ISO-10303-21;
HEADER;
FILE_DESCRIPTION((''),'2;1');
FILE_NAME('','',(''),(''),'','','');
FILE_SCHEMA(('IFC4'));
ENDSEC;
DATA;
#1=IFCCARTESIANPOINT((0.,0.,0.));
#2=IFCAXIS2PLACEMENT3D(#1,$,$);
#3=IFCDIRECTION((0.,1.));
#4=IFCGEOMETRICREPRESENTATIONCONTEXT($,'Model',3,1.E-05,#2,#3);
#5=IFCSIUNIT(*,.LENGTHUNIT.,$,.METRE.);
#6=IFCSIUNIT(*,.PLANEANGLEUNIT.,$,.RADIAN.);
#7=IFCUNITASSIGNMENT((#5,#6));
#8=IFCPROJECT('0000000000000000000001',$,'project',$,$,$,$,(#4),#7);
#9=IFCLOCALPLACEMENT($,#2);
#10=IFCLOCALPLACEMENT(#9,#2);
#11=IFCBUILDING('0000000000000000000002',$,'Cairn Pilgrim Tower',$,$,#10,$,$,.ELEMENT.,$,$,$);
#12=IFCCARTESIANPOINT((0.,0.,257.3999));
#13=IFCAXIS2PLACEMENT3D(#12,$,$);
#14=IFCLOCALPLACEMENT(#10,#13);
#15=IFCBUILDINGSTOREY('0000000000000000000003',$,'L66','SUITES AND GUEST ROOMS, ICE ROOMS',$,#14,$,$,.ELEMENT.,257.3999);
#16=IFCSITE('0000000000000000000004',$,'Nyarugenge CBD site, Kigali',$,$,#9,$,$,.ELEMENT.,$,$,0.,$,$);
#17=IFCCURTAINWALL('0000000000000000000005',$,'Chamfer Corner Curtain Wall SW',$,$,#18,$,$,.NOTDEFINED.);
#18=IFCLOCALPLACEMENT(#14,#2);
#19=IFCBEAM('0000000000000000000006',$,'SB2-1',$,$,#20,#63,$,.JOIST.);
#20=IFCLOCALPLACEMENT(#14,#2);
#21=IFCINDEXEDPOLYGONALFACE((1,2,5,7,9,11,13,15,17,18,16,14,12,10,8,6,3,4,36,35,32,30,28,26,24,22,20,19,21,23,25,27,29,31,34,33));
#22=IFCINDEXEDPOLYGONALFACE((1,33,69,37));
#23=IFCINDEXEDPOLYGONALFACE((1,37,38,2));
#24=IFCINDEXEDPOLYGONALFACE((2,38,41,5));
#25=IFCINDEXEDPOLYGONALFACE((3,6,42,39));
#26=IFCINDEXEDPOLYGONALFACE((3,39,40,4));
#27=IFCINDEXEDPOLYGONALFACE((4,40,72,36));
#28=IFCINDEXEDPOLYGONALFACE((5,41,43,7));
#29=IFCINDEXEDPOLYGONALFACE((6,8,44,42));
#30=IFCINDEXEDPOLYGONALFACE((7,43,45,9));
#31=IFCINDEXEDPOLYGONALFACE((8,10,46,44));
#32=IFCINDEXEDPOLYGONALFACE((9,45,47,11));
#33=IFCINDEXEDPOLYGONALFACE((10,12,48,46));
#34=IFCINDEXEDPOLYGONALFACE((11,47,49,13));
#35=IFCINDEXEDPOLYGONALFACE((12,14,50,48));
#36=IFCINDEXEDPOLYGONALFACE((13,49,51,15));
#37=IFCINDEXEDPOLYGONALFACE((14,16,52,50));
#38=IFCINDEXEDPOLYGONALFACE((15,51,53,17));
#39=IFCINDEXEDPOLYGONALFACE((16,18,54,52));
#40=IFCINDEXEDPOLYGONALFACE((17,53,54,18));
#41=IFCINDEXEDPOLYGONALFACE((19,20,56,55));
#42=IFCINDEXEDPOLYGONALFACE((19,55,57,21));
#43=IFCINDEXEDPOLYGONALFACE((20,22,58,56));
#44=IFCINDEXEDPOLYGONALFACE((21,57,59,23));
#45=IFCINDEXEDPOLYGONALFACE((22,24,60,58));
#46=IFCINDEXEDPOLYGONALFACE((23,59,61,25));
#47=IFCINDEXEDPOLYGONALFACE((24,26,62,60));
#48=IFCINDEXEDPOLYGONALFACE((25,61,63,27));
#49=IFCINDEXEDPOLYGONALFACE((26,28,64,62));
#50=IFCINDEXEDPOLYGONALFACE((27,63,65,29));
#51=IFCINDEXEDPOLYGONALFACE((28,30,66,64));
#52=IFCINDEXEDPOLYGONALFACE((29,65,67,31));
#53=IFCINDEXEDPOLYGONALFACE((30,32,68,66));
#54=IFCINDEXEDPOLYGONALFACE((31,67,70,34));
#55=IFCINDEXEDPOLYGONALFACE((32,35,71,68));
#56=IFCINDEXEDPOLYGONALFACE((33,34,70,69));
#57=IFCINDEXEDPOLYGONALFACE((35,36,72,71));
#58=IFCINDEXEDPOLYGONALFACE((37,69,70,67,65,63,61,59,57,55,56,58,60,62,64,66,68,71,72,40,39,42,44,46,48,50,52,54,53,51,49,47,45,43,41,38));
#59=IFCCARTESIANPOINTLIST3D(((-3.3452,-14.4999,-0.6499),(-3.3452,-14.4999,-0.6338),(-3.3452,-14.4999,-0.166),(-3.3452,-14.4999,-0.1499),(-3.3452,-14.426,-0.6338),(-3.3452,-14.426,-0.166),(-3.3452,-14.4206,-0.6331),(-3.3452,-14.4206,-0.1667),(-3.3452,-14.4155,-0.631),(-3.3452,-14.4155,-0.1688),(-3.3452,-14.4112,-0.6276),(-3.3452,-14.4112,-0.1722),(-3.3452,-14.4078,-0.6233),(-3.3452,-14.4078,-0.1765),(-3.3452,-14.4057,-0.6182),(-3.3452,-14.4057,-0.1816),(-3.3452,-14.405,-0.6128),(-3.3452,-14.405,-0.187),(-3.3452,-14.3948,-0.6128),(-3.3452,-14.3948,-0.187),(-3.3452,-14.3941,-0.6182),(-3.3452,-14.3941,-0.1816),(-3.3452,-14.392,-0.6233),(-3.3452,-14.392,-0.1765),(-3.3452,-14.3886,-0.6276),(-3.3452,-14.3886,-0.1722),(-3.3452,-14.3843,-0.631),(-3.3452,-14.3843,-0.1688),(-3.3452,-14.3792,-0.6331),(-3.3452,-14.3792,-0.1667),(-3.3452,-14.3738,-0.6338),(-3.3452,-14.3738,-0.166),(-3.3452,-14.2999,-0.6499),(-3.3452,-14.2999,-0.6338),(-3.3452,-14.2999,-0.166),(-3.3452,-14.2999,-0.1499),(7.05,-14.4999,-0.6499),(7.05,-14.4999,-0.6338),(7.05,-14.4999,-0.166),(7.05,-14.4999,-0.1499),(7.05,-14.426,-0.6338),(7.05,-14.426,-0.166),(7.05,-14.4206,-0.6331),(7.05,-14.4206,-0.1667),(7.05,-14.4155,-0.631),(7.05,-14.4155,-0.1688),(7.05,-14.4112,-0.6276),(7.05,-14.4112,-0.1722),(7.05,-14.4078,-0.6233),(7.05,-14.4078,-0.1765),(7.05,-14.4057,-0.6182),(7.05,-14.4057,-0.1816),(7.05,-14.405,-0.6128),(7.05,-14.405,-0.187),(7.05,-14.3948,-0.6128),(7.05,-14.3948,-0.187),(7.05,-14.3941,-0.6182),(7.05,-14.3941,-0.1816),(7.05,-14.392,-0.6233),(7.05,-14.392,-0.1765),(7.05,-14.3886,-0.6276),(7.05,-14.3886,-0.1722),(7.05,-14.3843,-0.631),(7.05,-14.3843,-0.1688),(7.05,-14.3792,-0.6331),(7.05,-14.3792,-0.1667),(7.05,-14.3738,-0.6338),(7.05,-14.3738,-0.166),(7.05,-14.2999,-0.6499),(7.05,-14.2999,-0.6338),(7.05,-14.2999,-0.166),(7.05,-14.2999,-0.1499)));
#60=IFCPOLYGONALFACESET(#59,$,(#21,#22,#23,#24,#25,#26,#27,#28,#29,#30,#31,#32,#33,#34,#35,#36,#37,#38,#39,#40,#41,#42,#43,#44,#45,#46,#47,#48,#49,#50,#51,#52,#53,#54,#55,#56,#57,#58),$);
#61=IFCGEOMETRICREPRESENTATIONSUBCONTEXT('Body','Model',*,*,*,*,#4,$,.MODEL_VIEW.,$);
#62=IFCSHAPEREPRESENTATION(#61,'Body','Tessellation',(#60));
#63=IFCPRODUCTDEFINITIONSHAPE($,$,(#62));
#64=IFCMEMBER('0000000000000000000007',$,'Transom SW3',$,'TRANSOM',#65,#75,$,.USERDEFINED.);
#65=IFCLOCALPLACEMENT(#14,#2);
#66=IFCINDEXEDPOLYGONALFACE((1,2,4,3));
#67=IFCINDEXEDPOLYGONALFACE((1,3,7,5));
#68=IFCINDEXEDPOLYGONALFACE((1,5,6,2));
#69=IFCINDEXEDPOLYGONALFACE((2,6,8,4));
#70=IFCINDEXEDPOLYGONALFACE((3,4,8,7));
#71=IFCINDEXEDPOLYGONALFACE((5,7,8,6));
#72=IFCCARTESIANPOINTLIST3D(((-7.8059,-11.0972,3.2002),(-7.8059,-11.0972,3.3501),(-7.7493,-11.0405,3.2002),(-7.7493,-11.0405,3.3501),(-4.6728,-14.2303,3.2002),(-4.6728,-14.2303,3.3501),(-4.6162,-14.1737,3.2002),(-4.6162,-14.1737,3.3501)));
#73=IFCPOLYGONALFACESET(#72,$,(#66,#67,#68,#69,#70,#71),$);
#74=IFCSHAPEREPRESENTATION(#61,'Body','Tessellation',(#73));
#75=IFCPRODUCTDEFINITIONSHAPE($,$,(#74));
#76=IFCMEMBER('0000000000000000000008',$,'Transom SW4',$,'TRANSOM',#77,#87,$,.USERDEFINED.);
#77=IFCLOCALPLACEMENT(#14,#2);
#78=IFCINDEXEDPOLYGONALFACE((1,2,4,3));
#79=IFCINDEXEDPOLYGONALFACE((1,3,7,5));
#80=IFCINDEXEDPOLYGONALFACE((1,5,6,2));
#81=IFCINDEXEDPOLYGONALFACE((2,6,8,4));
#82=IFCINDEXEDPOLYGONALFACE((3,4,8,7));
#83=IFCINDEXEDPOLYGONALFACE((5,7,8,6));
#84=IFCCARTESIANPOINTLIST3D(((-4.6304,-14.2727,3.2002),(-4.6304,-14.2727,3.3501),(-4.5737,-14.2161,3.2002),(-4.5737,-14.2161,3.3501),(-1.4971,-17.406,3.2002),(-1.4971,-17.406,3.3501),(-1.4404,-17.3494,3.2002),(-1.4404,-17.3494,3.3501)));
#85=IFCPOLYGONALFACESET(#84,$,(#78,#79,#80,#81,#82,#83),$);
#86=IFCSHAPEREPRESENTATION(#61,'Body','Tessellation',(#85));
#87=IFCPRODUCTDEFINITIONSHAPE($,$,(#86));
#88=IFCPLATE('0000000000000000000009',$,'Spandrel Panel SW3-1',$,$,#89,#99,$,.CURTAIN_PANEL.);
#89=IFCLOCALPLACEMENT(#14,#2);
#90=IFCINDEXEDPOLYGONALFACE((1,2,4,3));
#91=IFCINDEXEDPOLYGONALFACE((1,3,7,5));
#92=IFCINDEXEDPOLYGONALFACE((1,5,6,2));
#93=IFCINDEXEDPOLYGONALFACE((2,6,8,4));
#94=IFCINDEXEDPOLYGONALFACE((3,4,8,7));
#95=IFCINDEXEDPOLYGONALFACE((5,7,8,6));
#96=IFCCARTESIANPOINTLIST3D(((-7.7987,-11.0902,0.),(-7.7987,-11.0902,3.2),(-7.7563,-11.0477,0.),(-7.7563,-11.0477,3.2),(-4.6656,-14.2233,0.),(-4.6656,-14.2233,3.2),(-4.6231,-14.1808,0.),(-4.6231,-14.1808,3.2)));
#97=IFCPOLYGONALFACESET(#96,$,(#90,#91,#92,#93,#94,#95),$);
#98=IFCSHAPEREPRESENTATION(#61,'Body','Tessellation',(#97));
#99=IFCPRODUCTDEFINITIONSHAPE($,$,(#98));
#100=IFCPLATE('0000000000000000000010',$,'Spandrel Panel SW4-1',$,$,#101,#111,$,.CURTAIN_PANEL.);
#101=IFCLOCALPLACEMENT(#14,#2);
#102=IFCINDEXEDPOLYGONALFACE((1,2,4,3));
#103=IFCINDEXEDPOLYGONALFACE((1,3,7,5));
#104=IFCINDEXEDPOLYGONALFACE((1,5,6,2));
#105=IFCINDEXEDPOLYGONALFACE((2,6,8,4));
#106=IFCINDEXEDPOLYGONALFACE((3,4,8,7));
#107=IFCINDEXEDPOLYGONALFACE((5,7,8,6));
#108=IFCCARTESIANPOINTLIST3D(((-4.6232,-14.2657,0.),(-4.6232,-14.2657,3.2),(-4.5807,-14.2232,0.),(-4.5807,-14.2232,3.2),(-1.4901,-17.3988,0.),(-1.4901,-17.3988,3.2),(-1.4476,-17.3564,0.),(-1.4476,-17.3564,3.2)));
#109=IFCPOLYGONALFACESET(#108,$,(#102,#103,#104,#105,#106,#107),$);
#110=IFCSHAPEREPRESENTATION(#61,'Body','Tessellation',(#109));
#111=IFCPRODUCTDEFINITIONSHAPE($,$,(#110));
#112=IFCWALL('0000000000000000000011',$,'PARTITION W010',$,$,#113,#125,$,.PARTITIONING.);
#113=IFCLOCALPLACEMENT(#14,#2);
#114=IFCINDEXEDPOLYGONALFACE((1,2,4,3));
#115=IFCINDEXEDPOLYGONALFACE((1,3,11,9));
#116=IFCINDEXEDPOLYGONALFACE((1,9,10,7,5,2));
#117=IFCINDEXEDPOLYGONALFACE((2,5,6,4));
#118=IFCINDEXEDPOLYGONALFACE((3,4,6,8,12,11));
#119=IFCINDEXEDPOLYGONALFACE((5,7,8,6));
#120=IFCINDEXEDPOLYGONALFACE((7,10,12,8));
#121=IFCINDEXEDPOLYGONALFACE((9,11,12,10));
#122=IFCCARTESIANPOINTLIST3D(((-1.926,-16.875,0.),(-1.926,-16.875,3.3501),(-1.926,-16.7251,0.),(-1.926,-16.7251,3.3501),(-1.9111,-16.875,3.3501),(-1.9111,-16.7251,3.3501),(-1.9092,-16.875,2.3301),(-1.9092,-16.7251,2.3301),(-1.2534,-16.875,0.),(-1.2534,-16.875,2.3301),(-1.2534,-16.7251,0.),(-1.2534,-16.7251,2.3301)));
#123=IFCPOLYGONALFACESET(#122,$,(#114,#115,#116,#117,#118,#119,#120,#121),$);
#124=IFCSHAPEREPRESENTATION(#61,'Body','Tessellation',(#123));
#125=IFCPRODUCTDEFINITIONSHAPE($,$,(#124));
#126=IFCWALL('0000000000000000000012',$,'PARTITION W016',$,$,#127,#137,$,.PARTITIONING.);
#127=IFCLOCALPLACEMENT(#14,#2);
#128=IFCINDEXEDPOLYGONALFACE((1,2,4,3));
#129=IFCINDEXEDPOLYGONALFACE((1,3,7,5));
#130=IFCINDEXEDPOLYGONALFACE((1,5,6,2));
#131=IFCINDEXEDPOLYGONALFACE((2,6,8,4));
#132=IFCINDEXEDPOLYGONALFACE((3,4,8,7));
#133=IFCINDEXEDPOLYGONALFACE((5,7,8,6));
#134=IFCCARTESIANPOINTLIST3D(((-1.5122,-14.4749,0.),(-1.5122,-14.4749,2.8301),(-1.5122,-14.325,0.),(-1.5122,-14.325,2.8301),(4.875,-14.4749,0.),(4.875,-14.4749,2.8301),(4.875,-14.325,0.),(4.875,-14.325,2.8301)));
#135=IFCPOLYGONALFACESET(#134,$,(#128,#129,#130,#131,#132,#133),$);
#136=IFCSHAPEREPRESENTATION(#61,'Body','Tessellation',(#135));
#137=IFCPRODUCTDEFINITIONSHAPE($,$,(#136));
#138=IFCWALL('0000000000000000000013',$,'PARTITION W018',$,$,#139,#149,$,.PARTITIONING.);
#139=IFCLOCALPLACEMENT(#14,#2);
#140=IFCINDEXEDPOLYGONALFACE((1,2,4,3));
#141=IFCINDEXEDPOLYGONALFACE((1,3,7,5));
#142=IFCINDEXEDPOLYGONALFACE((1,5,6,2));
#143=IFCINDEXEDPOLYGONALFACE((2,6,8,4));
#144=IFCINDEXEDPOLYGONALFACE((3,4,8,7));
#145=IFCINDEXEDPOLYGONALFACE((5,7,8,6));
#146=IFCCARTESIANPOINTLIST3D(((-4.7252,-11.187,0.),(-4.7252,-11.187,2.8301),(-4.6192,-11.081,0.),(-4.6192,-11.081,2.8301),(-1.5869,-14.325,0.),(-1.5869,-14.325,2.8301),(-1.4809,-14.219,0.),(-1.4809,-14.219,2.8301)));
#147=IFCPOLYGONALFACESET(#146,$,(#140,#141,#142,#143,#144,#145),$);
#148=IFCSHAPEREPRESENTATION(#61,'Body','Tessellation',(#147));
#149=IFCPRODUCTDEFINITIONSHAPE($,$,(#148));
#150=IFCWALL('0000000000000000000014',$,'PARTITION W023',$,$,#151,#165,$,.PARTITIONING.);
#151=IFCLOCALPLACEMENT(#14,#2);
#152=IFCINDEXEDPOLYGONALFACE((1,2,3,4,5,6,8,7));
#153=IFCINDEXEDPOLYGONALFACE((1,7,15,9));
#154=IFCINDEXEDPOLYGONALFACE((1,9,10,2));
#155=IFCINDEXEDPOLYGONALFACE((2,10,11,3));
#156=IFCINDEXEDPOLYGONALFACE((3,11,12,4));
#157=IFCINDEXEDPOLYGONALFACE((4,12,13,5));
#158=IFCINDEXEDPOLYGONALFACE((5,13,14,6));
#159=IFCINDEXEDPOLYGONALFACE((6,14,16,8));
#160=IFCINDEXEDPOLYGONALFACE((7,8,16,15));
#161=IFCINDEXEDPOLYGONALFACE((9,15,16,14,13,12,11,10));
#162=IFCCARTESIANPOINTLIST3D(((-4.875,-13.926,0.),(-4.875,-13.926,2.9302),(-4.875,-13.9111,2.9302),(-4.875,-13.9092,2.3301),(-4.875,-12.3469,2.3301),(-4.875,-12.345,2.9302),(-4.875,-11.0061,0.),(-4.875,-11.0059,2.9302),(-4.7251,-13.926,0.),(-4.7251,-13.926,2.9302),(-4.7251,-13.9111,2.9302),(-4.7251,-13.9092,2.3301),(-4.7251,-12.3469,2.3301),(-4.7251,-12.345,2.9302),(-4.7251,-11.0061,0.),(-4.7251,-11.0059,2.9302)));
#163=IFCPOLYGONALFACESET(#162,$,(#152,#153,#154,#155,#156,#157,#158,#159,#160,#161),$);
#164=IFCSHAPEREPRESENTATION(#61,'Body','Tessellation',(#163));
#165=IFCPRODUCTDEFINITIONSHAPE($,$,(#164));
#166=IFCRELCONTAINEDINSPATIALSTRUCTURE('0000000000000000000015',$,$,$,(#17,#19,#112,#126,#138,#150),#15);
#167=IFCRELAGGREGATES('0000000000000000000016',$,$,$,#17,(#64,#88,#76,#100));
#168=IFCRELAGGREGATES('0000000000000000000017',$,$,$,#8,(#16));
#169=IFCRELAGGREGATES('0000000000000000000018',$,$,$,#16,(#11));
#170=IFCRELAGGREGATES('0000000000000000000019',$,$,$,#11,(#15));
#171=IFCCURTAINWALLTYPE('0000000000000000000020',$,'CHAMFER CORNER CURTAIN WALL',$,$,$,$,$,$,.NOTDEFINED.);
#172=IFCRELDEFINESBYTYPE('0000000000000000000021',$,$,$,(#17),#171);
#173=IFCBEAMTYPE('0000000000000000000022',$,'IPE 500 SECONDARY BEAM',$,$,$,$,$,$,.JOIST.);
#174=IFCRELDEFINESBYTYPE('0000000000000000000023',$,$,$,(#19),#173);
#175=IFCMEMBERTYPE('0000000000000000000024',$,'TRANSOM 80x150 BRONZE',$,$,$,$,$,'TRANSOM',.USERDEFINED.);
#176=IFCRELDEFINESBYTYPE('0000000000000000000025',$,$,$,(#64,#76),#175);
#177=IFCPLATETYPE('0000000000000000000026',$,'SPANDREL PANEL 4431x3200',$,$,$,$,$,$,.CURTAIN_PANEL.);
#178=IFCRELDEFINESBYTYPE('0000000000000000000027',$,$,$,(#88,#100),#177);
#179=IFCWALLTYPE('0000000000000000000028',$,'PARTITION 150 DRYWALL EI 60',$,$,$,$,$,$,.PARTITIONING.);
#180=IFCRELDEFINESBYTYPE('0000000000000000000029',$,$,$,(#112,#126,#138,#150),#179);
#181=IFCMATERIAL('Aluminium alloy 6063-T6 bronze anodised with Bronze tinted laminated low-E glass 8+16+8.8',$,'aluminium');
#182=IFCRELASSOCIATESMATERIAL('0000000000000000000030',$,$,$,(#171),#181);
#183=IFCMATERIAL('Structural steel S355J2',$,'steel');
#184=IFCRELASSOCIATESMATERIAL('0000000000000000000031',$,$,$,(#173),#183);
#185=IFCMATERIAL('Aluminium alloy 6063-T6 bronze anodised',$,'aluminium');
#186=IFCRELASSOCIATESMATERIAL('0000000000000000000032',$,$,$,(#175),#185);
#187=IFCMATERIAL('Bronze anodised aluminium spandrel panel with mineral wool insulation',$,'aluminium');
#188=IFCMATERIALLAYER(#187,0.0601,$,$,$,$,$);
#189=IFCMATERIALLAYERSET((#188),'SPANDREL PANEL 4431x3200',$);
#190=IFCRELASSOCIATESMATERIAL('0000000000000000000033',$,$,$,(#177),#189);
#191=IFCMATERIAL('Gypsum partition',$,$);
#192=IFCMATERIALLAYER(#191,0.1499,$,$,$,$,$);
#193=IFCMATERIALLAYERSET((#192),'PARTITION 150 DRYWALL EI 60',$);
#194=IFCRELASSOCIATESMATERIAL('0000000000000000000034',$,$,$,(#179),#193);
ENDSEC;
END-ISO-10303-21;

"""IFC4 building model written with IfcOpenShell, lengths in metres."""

from ifc_helpers import new_model, si_unit, direction, frame, frame_2d, origin, origin_2d, place, context, subcontext, project, spatial, polyline, rectangle, i_section, outline, extrude, material, layer, layer_set, material_profile, profile_set, type_object, element, aggregate, save


model = new_model("IFC4")

# Units and contexts
model_context = context("Model", 3, precision=1e-05, world=origin(), true_north=direction((0.0, 1.0)))
body_context = subcontext(model_context, "Body", "Model", "MODEL_VIEW")
ifc_project = project(units=[si_unit("LENGTHUNIT", "METRE"), si_unit("PLANEANGLEUNIT", "RADIAN")], contexts=[model_context])

# Site, building, storey
site_placement = place(None, origin())
site = spatial("IfcSite", under=ifc_project, at=site_placement, Name="Nyarugenge CBD site, Kigali", CompositionType="ELEMENT", RefElevation=0.0)
building_placement = place(site_placement, origin())
building = spatial("IfcBuilding", under=site, at=building_placement, Name="Cairn Pilgrim Tower", CompositionType="ELEMENT")
storey_placement = place(building_placement, frame((0.0, 0.0, 257.3999)))
storey = spatial("IfcBuildingStorey", under=building, at=storey_placement, Name="L66", Description="SUITES AND GUEST ROOMS, ICE ROOMS", CompositionType="ELEMENT", Elevation=257.3999)

# Shared definitions
ifc_material_1 = material(Name="Structural steel S355J2", Category="steel")

# Curtain wall
ifc_material_2 = material(Name="Aluminium alloy 6063-T6 bronze anodised with Bronze tinted laminated low-E glass 8+16+8.8", Category="aluminium")
curtain_wall_type = type_object("IfcCurtainWallType", Name="CHAMFER CORNER CURTAIN WALL", PredefinedType="NOTDEFINED", material=ifc_material_2)
curtain_wall_placement = place(storey_placement, origin())
curtain_wall = element("IfcCurtainWall", 1, at=curtain_wall_placement, inside=storey, type_object=curtain_wall_type, Name="Chamfer Corner Curtain Wall SW", PredefinedType="NOTDEFINED")
ifc_material_3 = material(Name="Aluminium alloy 6063-T6 bronze anodised", Category="aluminium")

# Beam
ifc_material_profile_1 = material_profile(ifc_material_1, i_section(OverallWidth=0.2, OverallDepth=0.5, WebThickness=0.0103, FlangeThickness=0.0161, FilletRadius=0.021, at=origin_2d()), Name="IPE 500")
ifc_profile_set_1 = profile_set([ifc_material_profile_1], Name="Structural steel S355J2")
beam_type_1 = type_object("IfcBeamType", Name="IPE 500 SECONDARY BEAM", PredefinedType="JOIST", material=ifc_profile_set_1)
beam_1_placement = place(storey_placement, frame((-3.3452, -14.3999, -0.3999), z_axis=(1.0, 0.0, 0.0), x_axis=(0.0, 1.0, 0.0)))
element("IfcBeam", 2, at=beam_1_placement, inside=storey, type_object=beam_type_1, Name="SB2-1", PredefinedType="JOIST", context=body_context, shape_type="SweptSolid", body=[
    extrude(i_section(OverallWidth=0.2, OverallDepth=0.5, WebThickness=0.0103, FlangeThickness=0.0161, FilletRadius=0.021, at=origin_2d()), origin(), (0.0, 0.0, 1.0), 10.3953),
])

# Members
ifc_material_profile_2 = material_profile(ifc_material_3, rectangle(XDim=0.0801, YDim=0.1499, at=origin_2d()), Name="TRANSOM 80x150 BRONZE")
ifc_profile_set_2 = profile_set([ifc_material_profile_2], Name="Aluminium alloy 6063-T6 bronze anodised")
member_type_1 = type_object("IfcMemberType", Name="TRANSOM 80x150 BRONZE", ElementType="TRANSOM", PredefinedType="USERDEFINED", material=ifc_profile_set_2)
member_1_placement = place(storey_placement, frame((-7.7776, -11.0688, 3.2751), z_axis=(0.707107, -0.707107, 0.0), x_axis=(0.707107, 0.707107, 0.0)))
member_1 = element("IfcMember", 3, at=member_1_placement, type_object=member_type_1, Name="Transom SW3", ObjectType="TRANSOM", PredefinedType="USERDEFINED", context=body_context, shape_type="SweptSolid", body=[
    extrude(rectangle(XDim=0.0801, YDim=0.1499, at=origin_2d()), origin(), (0.0, 0.0, 1.0), 4.4309),
])
member_2_placement = place(storey_placement, frame((-4.6021, -14.2444, 3.2751), z_axis=(0.707107, -0.707107, 0.0), x_axis=(0.707107, 0.707107, 0.0)))
member_2 = element("IfcMember", 4, at=member_2_placement, type_object=member_type_1, Name="Transom SW4", ObjectType="TRANSOM", PredefinedType="USERDEFINED", context=body_context, shape_type="SweptSolid", body=[
    extrude(rectangle(XDim=0.0801, YDim=0.1499, at=origin_2d()), origin(), (0.0, 0.0, 1.0), 4.4312),
])

# Plates
ifc_material_4 = material(Name="Bronze anodised aluminium spandrel panel with mineral wool insulation", Category="aluminium")
ifc_layer_1 = layer(ifc_material_4, 0.0601)
ifc_layer_set_1 = layer_set([ifc_layer_1], Name="SPANDREL PANEL 4431x3200")
plate_type = type_object("IfcPlateType", Name="SPANDREL PANEL 4431x3200", PredefinedType="CURTAIN_PANEL", material=ifc_layer_set_1)
plate_1_placement = place(storey_placement, frame((-6.2109, -12.6355, 0.0), z_axis=(0.0, 0.0, 1.0), x_axis=(0.707107, -0.707107, 0.0)))
plate_1 = element("IfcPlate", 5, at=plate_1_placement, type_object=plate_type, Name="Spandrel Panel SW3-1", PredefinedType="CURTAIN_PANEL", context=body_context, shape_type="SweptSolid", body=[
    extrude(rectangle(XDim=4.4309, YDim=0.0601, at=origin_2d()), origin(), (0.0, 0.0, 1.0), 3.2),
])
plate_2_placement = place(storey_placement, frame((-3.0354, -15.811, 0.0), z_axis=(0.0, 0.0, 1.0), x_axis=(0.707107, -0.707107, 0.0)))
plate_2 = element("IfcPlate", 6, at=plate_2_placement, type_object=plate_type, Name="Spandrel Panel SW4-1", PredefinedType="CURTAIN_PANEL", context=body_context, shape_type="SweptSolid", body=[
    extrude(rectangle(XDim=4.4309, YDim=0.0601, at=origin_2d()), origin(), (0.0, 0.0, 1.0), 3.2),
])
aggregate(curtain_wall, [member_1, plate_1, member_2, plate_2])

# Walls
ifc_material_5 = material(Name="Gypsum partition")
ifc_layer_2 = layer(ifc_material_5, 0.1499)
ifc_layer_set_2 = layer_set([ifc_layer_2], Name="PARTITION 150 DRYWALL EI 60")
wall_type_1 = type_object("IfcWallType", Name="PARTITION 150 DRYWALL EI 60", PredefinedType="PARTITIONING", material=ifc_layer_set_2)
wall_1_placement = place(storey_placement, frame((-1.926, -16.8, 0.0), z_axis=(0.0, 0.0, 1.0), x_axis=(1.0, 0.0, 0.0)))
element("IfcWall", 7, at=wall_1_placement, inside=storey, type_object=wall_type_1, Name="PARTITION W010", PredefinedType="PARTITIONING", context=body_context, shape_type="SweptSolid", body=[
    extrude(outline(polyline([(0.0, 0.0), (0.6726, 0.0), (0.6726, 2.3301), (0.0168, 2.3301), (0.0149, 3.3501), (0.0, 3.3501), (0.0, 0.0)])), frame((0.0, 0.075, 0.0), z_axis=(0.0, -1.0, 0.0), x_axis=(1.0, 0.0, 0.0)), (0.0, 0.0, 1.0), 0.1499),
])
wall_2_placement = place(storey_placement, frame((-1.5122, -14.3999, 0.0), z_axis=(0.0, 0.0, 1.0), x_axis=(1.0, 0.0, 0.0)))
element("IfcWall", 8, at=wall_2_placement, inside=storey, type_object=wall_type_1, Name="PARTITION W016", PredefinedType="PARTITIONING", context=body_context, shape_type="SweptSolid", body=[
    extrude(rectangle(XDim=6.3872, YDim=0.1499, at=frame_2d((3.1936, 0.0))), origin(), (0.0, 0.0, 1.0), 2.8301),
])
wall_3_placement = place(storey_placement, frame((-1.5339, -14.272, 0.0), z_axis=(0.0, 0.0, 1.0), x_axis=(-0.707134, 0.707079, 0.0)))
element("IfcWall", 9, at=wall_3_placement, inside=storey, type_object=wall_type_1, Name="PARTITION W018", PredefinedType="PARTITIONING", context=body_context, shape_type="SweptSolid", body=[
    extrude(rectangle(XDim=4.438, YDim=0.1499, at=frame_2d((2.219, 0.0))), origin(), (0.0, 0.0, 1.0), 2.8301),
])
wall_4_placement = place(storey_placement, frame((-4.8, -13.926, 0.0), z_axis=(0.0, 0.0, 1.0), x_axis=(0.0, 1.0, 0.0)))
element("IfcWall", 10, at=wall_4_placement, inside=storey, type_object=wall_type_1, Name="PARTITION W023", PredefinedType="PARTITIONING", context=body_context, shape_type="SweptSolid", body=[
    extrude(outline(polyline([(0.0, 0.0), (2.9199, 0.0), (2.9202, 2.9302), (1.5811, 2.9302), (1.5791, 2.3301), (0.0168, 2.3301), (0.0149, 2.9302), (0.0, 2.9302), (0.0, 0.0)])), frame((0.0, 0.075, 0.0), z_axis=(0.0, -1.0, 0.0), x_axis=(1.0, 0.0, 0.0)), (0.0, 0.0, 1.0), 0.1499),
])

save(model, "model.ifc")
